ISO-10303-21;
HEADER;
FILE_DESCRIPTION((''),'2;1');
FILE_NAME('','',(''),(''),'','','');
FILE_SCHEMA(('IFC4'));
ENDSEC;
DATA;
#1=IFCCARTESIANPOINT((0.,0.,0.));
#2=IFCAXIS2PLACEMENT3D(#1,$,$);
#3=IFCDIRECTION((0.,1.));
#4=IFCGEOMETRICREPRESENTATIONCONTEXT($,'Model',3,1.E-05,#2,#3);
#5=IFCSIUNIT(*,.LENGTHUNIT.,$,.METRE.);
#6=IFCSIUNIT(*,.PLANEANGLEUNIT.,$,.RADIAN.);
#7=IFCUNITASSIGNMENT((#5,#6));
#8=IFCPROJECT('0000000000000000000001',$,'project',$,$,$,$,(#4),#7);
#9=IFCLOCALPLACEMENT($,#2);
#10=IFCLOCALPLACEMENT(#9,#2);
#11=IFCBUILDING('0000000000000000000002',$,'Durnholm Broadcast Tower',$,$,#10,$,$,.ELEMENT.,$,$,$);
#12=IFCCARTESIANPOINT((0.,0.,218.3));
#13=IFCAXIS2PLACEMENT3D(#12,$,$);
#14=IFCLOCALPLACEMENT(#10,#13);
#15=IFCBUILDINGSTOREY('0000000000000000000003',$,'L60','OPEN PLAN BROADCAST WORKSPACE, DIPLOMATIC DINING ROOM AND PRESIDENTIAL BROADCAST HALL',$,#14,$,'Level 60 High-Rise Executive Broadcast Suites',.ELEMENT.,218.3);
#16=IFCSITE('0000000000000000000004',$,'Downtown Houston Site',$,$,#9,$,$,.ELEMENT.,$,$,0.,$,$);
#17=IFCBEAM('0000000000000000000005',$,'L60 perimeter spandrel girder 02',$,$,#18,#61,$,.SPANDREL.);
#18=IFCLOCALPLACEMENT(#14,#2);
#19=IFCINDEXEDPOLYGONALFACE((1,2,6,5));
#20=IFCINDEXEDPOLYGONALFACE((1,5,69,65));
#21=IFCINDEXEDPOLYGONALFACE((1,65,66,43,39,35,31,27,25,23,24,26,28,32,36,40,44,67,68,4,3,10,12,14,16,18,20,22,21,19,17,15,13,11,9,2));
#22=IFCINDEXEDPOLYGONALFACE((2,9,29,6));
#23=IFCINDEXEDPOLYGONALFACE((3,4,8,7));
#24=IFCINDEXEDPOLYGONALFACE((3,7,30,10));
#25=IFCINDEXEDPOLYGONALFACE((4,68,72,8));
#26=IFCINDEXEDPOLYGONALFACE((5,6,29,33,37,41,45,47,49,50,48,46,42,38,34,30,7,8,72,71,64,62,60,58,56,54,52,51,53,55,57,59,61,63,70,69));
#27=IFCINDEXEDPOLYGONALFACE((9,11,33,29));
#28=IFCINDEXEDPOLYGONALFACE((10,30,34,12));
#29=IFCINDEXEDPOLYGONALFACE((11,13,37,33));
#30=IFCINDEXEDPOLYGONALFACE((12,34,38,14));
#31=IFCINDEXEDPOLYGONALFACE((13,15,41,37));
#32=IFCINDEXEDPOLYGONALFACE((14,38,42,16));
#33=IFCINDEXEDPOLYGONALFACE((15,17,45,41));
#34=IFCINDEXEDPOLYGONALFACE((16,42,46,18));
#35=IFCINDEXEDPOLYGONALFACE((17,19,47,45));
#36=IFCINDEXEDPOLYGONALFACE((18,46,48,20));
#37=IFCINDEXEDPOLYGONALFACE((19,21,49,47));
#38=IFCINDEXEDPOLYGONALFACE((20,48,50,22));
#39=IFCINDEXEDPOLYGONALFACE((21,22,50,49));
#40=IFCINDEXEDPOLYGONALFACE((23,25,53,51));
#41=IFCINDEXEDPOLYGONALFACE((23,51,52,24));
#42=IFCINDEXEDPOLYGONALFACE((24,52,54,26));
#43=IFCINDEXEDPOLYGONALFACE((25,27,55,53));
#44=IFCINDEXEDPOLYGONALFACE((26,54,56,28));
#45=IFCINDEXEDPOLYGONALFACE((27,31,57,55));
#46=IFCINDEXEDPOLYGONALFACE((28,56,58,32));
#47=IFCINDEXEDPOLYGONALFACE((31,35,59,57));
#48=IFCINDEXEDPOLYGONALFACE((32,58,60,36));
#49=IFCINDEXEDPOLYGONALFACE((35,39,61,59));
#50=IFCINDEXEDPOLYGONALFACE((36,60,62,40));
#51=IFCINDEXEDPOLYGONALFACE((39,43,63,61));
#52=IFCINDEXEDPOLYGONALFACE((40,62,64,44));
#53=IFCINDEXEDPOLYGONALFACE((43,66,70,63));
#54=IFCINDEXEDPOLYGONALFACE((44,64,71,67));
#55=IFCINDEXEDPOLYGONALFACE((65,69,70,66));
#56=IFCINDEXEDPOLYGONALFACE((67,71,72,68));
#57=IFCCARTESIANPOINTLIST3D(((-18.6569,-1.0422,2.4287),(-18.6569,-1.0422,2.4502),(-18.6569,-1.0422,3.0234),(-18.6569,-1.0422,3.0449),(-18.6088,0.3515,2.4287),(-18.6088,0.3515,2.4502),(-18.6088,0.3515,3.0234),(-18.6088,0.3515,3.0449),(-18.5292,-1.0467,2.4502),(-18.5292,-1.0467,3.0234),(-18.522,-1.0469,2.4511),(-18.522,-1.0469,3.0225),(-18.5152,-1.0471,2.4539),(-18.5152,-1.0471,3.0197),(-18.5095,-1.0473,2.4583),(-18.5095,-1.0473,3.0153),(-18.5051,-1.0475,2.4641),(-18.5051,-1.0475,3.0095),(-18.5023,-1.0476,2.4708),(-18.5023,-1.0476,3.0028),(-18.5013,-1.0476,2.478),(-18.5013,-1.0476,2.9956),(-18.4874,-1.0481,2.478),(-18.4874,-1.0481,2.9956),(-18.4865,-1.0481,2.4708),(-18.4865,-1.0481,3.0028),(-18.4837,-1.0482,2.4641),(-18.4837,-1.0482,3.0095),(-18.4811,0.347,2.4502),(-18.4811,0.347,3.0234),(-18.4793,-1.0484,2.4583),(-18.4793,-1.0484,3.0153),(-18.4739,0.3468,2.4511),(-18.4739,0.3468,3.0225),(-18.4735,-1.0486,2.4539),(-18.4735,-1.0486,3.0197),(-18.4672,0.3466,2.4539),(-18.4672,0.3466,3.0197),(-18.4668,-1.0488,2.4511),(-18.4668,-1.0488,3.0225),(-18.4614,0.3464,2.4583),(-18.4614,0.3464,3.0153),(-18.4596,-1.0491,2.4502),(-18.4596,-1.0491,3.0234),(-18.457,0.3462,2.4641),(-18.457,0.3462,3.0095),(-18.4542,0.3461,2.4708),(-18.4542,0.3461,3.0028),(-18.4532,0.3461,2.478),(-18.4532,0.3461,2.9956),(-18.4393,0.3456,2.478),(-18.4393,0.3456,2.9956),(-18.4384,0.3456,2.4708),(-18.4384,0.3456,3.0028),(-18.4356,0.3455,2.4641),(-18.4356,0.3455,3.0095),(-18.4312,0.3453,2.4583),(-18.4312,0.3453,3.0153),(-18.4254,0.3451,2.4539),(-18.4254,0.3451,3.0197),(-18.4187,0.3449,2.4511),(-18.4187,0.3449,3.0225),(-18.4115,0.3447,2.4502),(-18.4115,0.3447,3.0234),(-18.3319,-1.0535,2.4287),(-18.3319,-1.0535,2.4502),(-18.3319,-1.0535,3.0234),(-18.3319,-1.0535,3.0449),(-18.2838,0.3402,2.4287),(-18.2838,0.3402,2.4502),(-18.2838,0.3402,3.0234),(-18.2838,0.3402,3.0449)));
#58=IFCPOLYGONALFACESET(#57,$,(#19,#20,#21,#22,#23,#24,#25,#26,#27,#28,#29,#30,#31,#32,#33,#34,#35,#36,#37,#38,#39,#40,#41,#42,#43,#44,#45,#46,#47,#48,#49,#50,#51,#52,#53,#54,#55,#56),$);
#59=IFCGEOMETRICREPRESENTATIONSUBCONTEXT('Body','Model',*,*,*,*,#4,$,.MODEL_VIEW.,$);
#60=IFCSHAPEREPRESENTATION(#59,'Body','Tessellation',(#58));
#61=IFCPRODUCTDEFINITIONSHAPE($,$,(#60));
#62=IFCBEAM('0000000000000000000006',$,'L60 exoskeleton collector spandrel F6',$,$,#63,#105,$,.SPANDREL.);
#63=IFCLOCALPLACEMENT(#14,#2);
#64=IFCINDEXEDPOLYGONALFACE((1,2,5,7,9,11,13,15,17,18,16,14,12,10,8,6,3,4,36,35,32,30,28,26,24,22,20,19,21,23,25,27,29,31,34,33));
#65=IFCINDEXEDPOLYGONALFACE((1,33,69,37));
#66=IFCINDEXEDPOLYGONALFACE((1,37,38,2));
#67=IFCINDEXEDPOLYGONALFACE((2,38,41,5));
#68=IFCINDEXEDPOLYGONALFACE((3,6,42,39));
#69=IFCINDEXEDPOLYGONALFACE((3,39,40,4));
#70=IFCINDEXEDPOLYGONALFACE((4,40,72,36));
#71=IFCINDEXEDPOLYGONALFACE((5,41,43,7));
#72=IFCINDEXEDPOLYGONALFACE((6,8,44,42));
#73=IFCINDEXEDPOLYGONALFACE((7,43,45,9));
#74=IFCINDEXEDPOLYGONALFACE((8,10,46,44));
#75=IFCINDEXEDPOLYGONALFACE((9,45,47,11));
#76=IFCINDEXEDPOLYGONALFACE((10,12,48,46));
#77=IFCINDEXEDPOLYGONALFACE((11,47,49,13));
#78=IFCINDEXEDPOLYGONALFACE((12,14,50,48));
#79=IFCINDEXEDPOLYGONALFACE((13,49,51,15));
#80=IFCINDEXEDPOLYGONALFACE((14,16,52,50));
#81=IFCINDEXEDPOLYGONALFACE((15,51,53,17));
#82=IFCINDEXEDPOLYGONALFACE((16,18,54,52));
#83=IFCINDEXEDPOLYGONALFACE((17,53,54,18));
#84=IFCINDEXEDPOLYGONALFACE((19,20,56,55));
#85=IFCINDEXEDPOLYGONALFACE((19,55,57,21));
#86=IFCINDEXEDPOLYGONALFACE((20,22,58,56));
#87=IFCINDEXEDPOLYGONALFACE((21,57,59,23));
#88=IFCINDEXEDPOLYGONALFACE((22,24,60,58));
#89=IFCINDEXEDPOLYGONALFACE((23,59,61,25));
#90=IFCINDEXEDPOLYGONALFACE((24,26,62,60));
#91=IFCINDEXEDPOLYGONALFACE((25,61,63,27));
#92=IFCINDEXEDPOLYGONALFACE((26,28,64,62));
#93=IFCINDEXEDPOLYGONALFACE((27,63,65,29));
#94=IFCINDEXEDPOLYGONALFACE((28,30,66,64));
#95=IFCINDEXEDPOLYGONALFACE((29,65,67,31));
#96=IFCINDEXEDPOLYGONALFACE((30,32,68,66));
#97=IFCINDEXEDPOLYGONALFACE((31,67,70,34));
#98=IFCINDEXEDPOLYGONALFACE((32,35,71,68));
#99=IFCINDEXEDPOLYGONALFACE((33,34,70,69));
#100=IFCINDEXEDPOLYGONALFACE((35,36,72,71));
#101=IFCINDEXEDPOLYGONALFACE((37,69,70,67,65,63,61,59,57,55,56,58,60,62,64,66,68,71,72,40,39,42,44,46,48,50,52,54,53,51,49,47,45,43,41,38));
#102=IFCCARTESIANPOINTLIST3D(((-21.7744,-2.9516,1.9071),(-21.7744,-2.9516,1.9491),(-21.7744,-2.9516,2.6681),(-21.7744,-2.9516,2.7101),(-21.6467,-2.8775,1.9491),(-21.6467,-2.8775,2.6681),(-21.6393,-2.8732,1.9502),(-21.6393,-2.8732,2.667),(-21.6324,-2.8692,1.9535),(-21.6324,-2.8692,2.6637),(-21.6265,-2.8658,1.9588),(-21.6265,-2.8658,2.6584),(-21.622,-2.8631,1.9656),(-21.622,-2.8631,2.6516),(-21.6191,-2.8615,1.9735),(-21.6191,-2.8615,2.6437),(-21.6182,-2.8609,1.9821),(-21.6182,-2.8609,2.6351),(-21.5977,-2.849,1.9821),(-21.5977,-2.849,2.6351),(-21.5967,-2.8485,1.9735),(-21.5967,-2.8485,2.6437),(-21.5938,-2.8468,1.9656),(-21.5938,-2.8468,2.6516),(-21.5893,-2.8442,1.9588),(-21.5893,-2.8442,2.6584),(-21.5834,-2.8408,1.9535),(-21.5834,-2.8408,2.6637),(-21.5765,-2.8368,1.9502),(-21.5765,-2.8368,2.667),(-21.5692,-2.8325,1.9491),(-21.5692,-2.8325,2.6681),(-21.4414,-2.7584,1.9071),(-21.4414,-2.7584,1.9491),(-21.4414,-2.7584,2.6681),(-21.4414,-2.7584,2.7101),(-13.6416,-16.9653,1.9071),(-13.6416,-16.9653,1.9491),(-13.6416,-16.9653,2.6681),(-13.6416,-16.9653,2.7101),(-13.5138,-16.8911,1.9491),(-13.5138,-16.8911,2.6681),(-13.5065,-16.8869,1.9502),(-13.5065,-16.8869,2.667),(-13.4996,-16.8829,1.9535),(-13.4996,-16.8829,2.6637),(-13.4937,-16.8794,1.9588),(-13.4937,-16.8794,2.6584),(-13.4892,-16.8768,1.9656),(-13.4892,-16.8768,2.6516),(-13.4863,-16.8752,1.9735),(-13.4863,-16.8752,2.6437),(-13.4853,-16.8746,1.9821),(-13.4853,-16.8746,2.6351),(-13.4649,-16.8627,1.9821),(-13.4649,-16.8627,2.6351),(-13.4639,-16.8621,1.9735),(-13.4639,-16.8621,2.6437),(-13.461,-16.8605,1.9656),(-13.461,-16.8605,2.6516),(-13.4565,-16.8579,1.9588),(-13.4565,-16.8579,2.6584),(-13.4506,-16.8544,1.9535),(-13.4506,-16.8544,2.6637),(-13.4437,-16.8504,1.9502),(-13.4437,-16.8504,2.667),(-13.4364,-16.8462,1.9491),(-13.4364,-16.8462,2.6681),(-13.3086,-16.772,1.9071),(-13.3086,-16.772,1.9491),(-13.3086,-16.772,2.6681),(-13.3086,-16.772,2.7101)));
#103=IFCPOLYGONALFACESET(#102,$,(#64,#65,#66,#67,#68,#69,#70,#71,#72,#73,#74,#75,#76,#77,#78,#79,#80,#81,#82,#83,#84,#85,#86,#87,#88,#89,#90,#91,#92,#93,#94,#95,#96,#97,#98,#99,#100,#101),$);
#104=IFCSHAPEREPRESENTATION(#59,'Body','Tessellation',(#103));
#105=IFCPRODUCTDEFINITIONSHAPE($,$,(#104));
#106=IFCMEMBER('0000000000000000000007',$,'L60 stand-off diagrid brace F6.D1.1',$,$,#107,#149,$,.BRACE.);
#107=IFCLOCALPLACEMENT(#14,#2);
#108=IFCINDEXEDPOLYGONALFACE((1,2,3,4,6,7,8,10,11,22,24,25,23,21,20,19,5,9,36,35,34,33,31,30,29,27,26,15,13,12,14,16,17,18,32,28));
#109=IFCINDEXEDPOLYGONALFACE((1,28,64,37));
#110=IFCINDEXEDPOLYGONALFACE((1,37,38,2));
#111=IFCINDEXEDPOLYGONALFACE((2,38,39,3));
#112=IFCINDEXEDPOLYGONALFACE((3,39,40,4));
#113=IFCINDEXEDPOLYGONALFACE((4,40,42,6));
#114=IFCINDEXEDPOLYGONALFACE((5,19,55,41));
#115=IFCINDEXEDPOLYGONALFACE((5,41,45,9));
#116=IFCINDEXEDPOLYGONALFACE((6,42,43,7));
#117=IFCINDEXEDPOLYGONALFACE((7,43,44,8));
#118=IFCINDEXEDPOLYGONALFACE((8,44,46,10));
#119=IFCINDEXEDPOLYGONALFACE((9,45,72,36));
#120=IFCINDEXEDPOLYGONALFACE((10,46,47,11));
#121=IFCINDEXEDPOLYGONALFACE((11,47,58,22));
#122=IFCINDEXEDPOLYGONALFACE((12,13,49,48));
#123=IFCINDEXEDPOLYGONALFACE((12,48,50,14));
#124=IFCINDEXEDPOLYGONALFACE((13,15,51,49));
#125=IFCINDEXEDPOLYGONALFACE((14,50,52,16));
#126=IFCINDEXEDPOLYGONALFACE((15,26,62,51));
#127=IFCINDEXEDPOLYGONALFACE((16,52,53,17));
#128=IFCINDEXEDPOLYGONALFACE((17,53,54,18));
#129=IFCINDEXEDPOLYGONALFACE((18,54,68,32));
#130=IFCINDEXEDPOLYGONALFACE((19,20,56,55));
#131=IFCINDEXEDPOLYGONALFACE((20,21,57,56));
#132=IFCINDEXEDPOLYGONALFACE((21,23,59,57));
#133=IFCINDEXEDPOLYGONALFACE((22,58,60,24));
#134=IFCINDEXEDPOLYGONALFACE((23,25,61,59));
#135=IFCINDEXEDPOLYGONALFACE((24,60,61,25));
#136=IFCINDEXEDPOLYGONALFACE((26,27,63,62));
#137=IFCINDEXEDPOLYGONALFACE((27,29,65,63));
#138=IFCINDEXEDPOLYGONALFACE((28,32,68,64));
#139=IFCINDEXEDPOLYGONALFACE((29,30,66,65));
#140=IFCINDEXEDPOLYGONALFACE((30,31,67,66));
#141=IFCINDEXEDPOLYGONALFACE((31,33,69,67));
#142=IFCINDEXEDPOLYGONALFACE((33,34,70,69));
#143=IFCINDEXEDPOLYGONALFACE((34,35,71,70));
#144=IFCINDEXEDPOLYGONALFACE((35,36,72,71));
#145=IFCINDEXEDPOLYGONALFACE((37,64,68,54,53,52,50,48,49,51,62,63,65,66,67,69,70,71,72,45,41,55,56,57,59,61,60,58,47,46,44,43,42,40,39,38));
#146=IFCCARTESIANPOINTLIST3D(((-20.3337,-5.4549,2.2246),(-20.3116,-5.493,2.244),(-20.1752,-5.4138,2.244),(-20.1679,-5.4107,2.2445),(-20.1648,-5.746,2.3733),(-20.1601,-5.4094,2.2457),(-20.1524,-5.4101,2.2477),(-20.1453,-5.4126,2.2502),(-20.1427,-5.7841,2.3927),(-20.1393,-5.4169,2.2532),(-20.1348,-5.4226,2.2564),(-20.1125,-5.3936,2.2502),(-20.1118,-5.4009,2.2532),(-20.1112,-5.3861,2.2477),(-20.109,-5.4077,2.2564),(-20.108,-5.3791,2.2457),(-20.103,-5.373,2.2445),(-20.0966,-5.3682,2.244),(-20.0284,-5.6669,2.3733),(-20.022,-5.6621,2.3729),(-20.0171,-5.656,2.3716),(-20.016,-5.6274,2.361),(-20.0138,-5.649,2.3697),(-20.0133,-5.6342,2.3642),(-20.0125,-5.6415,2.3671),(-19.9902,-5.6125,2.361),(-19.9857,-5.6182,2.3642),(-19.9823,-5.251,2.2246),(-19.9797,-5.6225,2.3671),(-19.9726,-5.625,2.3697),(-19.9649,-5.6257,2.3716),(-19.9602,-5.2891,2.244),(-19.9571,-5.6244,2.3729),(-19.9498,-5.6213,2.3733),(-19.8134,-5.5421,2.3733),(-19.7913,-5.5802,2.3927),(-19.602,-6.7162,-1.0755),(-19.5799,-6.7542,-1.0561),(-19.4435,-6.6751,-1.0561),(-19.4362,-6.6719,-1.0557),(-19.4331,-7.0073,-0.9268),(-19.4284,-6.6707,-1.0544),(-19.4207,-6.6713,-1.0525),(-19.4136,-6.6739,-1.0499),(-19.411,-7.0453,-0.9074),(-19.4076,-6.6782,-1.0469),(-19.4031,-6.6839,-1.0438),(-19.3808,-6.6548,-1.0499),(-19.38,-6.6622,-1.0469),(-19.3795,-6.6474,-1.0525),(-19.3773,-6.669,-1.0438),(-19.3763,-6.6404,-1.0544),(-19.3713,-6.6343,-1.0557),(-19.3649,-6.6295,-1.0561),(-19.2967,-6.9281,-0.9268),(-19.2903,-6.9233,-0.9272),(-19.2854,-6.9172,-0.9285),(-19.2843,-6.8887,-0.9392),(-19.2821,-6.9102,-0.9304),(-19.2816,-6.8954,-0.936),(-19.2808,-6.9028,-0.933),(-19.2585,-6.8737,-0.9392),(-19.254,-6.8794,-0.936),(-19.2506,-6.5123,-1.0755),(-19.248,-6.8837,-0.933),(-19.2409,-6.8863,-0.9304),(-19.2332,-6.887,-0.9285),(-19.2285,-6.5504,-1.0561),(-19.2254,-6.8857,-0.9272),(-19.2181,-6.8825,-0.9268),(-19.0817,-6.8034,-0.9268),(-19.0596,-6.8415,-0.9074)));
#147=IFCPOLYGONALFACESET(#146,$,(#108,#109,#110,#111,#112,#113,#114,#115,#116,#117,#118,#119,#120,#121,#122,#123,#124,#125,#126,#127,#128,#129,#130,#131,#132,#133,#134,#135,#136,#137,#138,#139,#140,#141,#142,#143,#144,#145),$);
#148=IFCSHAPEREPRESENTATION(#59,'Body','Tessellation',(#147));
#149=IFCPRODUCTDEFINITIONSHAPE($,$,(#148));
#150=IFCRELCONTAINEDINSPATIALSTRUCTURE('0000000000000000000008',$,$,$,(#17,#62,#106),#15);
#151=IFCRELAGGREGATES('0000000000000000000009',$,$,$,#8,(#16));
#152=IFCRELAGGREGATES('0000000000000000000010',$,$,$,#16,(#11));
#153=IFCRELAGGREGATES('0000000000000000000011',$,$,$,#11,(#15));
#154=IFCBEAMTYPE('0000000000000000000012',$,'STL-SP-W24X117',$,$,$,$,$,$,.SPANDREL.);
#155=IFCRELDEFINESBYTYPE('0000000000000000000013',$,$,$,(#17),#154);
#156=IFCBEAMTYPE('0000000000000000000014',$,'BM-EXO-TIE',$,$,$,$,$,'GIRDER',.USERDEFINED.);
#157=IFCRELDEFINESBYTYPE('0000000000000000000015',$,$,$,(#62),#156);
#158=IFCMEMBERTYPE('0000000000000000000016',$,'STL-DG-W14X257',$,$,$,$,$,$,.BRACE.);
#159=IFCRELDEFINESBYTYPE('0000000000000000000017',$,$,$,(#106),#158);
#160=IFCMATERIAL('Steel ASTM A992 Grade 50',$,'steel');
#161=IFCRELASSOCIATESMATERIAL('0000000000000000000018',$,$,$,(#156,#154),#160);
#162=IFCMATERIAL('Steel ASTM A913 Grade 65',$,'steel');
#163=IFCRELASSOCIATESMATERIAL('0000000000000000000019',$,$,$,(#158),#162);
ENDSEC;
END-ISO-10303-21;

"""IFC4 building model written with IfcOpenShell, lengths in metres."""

from ifc_helpers import new_model, si_unit, direction, frame, origin, origin_2d, place, context, subcontext, project, spatial, i_section, extrude, source, transform, mapped, material, material_profile, profile_set, type_object, type_shapes, element, save


model = new_model("IFC4")

# Units and contexts
model_context = context("Model", 3, precision=1e-05, world=origin(), true_north=direction((0.0, 1.0)))
body_context = subcontext(model_context, "Body", "Model", "MODEL_VIEW")
ifc_project = project(units=[si_unit("LENGTHUNIT", "METRE"), si_unit("PLANEANGLEUNIT", "RADIAN")], contexts=[model_context])

# Site, building, storey
site_placement = place(None, origin())
site = spatial("IfcSite", under=ifc_project, at=site_placement, Name="Downtown Houston Site", CompositionType="ELEMENT", RefElevation=0.0)
building_placement = place(site_placement, origin())
building = spatial("IfcBuilding", under=site, at=building_placement, Name="Durnholm Broadcast Tower", CompositionType="ELEMENT")
storey_placement = place(building_placement, frame((0.0, 0.0, 218.3)))
storey = spatial("IfcBuildingStorey", under=building, at=storey_placement, Name="L60", Description="OPEN PLAN BROADCAST WORKSPACE, DIPLOMATIC DINING ROOM AND PRESIDENTIAL BROADCAST HALL", LongName="Level 60 High-Rise Executive Broadcast Suites", CompositionType="ELEMENT", Elevation=218.3)

# Beams
ifc_material_1 = material(Name="Steel ASTM A992 Grade 50", Category="steel")
ifc_material_profile_1 = material_profile(ifc_material_1, i_section(OverallWidth=0.385, OverallDepth=0.803, WebThickness=0.0237, FlangeThickness=0.042, FilletRadius=0.033, at=origin_2d()), Name="W30X261")
ifc_profile_set_1 = profile_set([ifc_material_profile_1], Name="Steel ASTM A992 Grade 50")
beam_type_1 = type_object("IfcBeamType", Name="BM-EXO-TIE", ElementType="GIRDER", PredefinedType="USERDEFINED", material=ifc_profile_set_1)
ifc_material_profile_2 = material_profile(ifc_material_1, i_section(OverallWidth=0.3252, OverallDepth=0.6162, WebThickness=0.0139, FlangeThickness=0.0215, FilletRadius=0.0278, at=origin_2d()), Name="W24X117")
ifc_profile_set_2 = profile_set([ifc_material_profile_2], Name="Steel ASTM A992 Grade 50")
beam_type_2 = type_object("IfcBeamType", Name="STL-SP-W24X117", PredefinedType="SPANDREL", material=ifc_profile_set_2)
shared_shape_1 = source(origin(), body_context, "Body", "SweptSolid", [
    extrude(i_section(OverallWidth=0.3252, OverallDepth=0.6162, WebThickness=0.0139, FlangeThickness=0.0215, FilletRadius=0.0278, at=origin_2d()), origin(), (0.0, 0.0, 1.0), 1.3945),
])
beam_1_placement = place(storey_placement, frame((-18.4944, -1.0479, 2.7368), z_axis=(0.034486, 0.999405, 0.0), x_axis=(-0.999405, 0.034486, 0.0)))
element("IfcBeam", 1, at=beam_1_placement, inside=storey, type_object=beam_type_2, Name="L60 perimeter spandrel girder 02", PredefinedType="SPANDREL", context=body_context, shape_type="MappedRepresentation", body=[
    mapped(shared_shape_1, transform((0.0, 0.0, 0.0), x_axis=(1.0, 0.0, 0.0), y_axis=(0.0, 1.0, 0.0), z_axis=(0.0, 0.0, 1.0), scale=1.0)),
])
shared_shape_2 = source(origin(), body_context, "Body", "SweptSolid", [
    extrude(i_section(OverallWidth=0.385, OverallDepth=0.803, WebThickness=0.0237, FlangeThickness=0.042, FilletRadius=0.033, at=origin_2d()), origin(), (0.0, 0.0, 1.0), 16.2026),
])
beam_2_placement = place(storey_placement, frame((-21.6079, -2.855, 2.3086), z_axis=(0.501944, -0.8649, 0.0), x_axis=(0.8649, 0.501944, 0.0)))
element("IfcBeam", 2, at=beam_2_placement, inside=storey, type_object=beam_type_1, Name="L60 exoskeleton collector spandrel F6", PredefinedType="SPANDREL", context=body_context, shape_type="MappedRepresentation", body=[
    mapped(shared_shape_2, transform((0.0, 0.0, 0.0), x_axis=(1.0, 0.0, 0.0), y_axis=(0.0, 1.0, 0.0), z_axis=(0.0, 0.0, 1.0), scale=1.0)),
])

# Member
ifc_material_2 = material(Name="Steel ASTM A913 Grade 65", Category="steel")
ifc_material_profile_3 = material_profile(ifc_material_2, i_section(OverallWidth=0.4062, OverallDepth=0.416, WebThickness=0.0298, FlangeThickness=0.0481, FilletRadius=0.0305, at=origin_2d()), Name="W14X257")
ifc_profile_set_3 = profile_set([ifc_material_profile_3], Name="Steel ASTM A913 Grade 65")
member_type_1 = type_object("IfcMemberType", Name="STL-DG-W14X257", PredefinedType="BRACE", material=ifc_profile_set_3)
shared_shape_3 = source(origin(), body_context, "Body", "SweptSolid", [
    extrude(i_section(OverallWidth=0.4062, OverallDepth=0.416, WebThickness=0.0298, FlangeThickness=0.0481, FilletRadius=0.0305, at=origin_2d()), origin(), (0.0, 0.0, 1.0), 3.6079),
])
type_shapes(member_type_1, [shared_shape_3])
for number, where, z_axis, x_axis, name in (
    (3, (-19.3308, -6.7788, -0.9915), (-0.202806, 0.349582, 0.914692), (-0.864979, -0.501808, 0.0), "L60 stand-off diagrid brace F6.D1.1"),
):
    element("IfcMember", number, at=place(storey_placement, frame(where, z_axis=z_axis, x_axis=x_axis)), inside=storey, type_object=member_type_1, Name=name, PredefinedType="BRACE", context=body_context, shape_type="MappedRepresentation", body=[
        mapped(shared_shape_3, transform((0.0, 0.0, 0.0), x_axis=(1.0, 0.0, 0.0), y_axis=(0.0, 1.0, 0.0), z_axis=(0.0, 0.0, 1.0), scale=1.0)),
    ])

save(model, "model.ifc")
